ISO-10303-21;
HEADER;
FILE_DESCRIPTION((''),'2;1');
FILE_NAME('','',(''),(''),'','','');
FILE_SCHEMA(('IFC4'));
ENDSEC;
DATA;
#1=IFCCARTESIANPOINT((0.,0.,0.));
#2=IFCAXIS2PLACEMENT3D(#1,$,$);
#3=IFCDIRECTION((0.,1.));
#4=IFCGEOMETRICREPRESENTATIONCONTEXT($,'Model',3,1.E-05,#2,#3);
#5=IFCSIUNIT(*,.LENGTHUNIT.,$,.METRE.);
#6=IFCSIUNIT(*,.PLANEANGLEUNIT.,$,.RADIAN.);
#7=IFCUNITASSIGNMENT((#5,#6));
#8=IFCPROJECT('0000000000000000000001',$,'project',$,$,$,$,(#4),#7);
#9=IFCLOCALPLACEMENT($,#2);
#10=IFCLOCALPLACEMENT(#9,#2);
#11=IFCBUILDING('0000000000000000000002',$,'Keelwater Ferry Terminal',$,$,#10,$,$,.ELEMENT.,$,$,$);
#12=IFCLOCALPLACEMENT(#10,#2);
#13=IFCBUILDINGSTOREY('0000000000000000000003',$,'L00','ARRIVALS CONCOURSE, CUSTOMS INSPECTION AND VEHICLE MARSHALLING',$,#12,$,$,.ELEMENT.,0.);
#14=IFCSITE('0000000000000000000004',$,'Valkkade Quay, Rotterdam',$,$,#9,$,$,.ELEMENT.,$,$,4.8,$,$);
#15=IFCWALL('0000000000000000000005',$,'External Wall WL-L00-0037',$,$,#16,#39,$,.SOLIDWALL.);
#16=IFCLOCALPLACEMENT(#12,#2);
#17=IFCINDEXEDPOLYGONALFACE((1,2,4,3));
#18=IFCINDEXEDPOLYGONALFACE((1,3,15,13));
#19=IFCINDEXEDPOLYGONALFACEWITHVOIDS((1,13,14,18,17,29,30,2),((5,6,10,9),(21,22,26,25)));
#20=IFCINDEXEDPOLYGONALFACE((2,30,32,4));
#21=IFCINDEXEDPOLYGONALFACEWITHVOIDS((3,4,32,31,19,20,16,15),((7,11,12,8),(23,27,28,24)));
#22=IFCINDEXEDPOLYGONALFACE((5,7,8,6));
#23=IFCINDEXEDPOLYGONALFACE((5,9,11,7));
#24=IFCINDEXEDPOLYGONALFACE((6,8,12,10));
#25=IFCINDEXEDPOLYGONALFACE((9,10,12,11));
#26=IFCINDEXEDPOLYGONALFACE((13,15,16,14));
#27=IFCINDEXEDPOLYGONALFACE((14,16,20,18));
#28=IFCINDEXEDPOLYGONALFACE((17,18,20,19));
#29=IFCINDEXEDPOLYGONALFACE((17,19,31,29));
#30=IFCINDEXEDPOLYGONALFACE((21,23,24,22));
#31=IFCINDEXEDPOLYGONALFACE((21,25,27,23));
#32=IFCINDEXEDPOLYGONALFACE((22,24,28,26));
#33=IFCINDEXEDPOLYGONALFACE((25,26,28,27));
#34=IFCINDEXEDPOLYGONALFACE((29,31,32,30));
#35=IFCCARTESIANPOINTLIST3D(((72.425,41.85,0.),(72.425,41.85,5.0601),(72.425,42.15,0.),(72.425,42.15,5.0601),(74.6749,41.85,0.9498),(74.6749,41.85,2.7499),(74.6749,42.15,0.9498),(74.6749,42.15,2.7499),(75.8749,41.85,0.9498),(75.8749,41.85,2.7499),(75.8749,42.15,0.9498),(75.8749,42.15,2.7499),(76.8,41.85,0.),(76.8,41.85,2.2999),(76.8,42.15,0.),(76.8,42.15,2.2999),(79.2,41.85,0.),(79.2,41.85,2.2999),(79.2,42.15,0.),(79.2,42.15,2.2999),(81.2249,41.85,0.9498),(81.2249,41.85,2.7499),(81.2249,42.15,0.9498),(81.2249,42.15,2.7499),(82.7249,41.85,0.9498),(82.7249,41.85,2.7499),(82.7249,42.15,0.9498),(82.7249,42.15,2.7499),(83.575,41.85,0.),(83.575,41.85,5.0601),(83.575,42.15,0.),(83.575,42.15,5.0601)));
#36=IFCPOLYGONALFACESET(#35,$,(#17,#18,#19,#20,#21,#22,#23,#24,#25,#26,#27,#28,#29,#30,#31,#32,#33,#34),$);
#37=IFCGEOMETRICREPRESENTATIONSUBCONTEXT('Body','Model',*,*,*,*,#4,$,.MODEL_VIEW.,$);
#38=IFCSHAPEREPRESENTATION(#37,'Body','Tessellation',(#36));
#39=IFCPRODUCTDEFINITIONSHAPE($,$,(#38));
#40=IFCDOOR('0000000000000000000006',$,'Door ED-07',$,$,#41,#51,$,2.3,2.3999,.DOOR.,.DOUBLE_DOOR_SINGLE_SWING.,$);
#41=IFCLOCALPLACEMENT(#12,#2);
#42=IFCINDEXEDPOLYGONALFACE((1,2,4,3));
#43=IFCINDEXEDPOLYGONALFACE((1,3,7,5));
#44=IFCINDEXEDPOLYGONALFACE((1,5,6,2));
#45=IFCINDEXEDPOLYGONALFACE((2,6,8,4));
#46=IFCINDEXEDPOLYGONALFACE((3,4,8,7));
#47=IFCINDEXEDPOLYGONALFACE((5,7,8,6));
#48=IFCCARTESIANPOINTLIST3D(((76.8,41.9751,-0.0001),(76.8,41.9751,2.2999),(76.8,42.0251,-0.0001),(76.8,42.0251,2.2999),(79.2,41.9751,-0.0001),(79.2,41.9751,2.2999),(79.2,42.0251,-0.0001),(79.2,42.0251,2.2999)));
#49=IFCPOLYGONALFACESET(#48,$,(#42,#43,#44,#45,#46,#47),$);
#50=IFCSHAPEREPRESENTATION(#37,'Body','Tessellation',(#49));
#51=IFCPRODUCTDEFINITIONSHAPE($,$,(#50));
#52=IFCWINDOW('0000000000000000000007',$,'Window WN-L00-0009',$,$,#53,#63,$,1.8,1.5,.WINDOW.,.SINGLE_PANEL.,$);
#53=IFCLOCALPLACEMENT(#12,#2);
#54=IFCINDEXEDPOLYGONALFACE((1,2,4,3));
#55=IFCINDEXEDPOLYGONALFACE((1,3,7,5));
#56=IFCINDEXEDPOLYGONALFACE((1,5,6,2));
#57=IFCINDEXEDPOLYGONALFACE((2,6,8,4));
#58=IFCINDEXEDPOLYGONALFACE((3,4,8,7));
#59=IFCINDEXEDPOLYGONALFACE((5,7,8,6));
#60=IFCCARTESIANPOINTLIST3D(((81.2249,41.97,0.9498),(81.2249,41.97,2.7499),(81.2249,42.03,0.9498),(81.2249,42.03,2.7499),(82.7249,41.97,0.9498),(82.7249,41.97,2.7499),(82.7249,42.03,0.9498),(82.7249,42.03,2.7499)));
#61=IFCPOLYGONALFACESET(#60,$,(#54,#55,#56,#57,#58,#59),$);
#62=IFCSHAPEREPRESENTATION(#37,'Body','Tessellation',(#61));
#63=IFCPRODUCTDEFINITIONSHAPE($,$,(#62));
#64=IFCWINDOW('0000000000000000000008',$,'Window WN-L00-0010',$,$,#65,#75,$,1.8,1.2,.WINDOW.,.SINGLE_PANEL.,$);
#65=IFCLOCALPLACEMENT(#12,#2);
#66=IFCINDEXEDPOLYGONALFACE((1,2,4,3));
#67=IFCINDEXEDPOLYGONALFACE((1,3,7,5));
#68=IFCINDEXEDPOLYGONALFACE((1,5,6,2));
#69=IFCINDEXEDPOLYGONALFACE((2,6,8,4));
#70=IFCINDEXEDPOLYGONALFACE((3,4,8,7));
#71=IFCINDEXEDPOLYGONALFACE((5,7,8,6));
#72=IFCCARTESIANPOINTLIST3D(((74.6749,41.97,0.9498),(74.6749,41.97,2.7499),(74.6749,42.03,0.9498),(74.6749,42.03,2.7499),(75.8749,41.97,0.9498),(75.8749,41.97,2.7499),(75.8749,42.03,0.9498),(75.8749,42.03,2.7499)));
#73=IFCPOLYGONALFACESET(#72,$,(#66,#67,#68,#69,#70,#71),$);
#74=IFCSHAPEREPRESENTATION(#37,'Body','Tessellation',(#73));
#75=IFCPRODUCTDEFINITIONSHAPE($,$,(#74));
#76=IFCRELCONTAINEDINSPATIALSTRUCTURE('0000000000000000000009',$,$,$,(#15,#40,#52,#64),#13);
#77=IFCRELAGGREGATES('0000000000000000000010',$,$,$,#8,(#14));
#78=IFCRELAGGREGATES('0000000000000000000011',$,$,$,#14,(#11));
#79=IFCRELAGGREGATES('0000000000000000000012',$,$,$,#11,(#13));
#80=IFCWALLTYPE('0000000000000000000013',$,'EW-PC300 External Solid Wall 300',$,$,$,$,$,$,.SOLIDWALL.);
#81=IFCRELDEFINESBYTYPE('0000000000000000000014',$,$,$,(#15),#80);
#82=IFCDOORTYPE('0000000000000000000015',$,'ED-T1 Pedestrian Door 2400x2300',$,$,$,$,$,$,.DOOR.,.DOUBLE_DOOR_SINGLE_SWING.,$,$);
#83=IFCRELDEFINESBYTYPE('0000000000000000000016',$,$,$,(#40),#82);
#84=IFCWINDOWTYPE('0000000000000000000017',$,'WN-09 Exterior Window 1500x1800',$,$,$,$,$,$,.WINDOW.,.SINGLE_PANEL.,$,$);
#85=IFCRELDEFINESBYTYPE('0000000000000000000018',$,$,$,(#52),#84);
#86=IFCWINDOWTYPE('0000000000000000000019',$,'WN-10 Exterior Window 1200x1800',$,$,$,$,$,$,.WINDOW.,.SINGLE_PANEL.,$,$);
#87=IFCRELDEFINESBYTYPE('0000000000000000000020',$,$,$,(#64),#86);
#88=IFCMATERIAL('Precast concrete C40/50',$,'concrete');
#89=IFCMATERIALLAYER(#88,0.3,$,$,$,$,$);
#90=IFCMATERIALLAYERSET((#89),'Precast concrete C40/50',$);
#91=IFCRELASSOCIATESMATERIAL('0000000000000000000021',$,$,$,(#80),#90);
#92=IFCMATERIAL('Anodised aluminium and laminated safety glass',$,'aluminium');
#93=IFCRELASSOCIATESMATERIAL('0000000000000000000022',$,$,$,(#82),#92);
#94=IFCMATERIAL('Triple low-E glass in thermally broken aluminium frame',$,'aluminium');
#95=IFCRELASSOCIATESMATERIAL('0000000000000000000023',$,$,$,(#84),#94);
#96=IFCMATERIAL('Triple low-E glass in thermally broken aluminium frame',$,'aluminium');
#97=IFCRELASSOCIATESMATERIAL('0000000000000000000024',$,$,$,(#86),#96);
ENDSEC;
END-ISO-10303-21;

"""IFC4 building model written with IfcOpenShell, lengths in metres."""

from ifc_helpers import new_model, si_unit, direction, frame, frame_2d, origin, place, context, subcontext, project, spatial, rectangle, extrude, material, layer, layer_set, type_object, element, fill, save


model = new_model("IFC4")

# Units and contexts
model_context = context("Model", 3, precision=1e-05, world=origin(), true_north=direction((0.0, 1.0)))
body_context = subcontext(model_context, "Body", "Model", "MODEL_VIEW")
ifc_project = project(units=[si_unit("LENGTHUNIT", "METRE"), si_unit("PLANEANGLEUNIT", "RADIAN")], contexts=[model_context])

# Site, building, storey
site_placement = place(None, origin())
site = spatial("IfcSite", under=ifc_project, at=site_placement, Name="Valkkade Quay, Rotterdam", CompositionType="ELEMENT", RefElevation=4.8)
building_placement = place(site_placement, origin())
building = spatial("IfcBuilding", under=site, at=building_placement, Name="Keelwater Ferry Terminal", CompositionType="ELEMENT")
storey_placement = place(building_placement, origin())
storey = spatial("IfcBuildingStorey", under=building, at=storey_placement, Name="L00", Description="ARRIVALS CONCOURSE, CUSTOMS INSPECTION AND VEHICLE MARSHALLING", CompositionType="ELEMENT", Elevation=0.0)

# Wall, openings, door, windows
ifc_material_1 = material(Name="Precast concrete C40/50", Category="concrete")
ifc_layer = layer(ifc_material_1, 0.3)
ifc_layer_set = layer_set([ifc_layer], Name="Precast concrete C40/50")
wall_type = type_object("IfcWallType", Name="EW-PC300 External Solid Wall 300", PredefinedType="SOLIDWALL", material=ifc_layer_set)
wall_placement = place(storey_placement, frame((83.575, 42.0, 0.0), z_axis=(0.0, 0.0, 1.0), x_axis=(-1.0, 0.0, 0.0)))
wall = element("IfcWall", 1, at=wall_placement, inside=storey, type_object=wall_type, Name="External Wall WL-L00-0037", PredefinedType="SOLIDWALL", context=body_context, shape_type="SweptSolid", body=[
    extrude(rectangle(XDim=11.1499, YDim=0.3, at=frame_2d((5.575, 0.0))), origin(), (0.0, 0.0, 1.0), 5.0601),
])
opening_1_placement = place(wall_placement, frame((4.375, 0.0, 0.0)))
opening_1 = element("IfcOpeningElement", 2, at=opening_1_placement, cuts=wall, PredefinedType="OPENING", context=body_context, shape_type="SweptSolid", body=[
    extrude(rectangle(XDim=2.3999, YDim=2.3, at=frame_2d((1.2, 1.1499))), frame((0.0, 0.1599, 0.0), z_axis=(0.0, -1.0, 0.0), x_axis=(1.0, 0.0, 0.0)), (0.0, 0.0, 1.0), 0.3201),
])
opening_2_placement = place(wall_placement, frame((0.8501, 0.0, 0.95)))
opening_2 = element("IfcOpeningElement", 3, at=opening_2_placement, cuts=wall, PredefinedType="OPENING", context=body_context, shape_type="SweptSolid", body=[
    extrude(rectangle(XDim=1.5, YDim=1.8, at=frame_2d((0.75, 0.8999))), frame((0.0, 0.1599, 0.0), z_axis=(0.0, -1.0, 0.0), x_axis=(1.0, 0.0, 0.0)), (0.0, 0.0, 1.0), 0.3201),
])
opening_3_placement = place(wall_placement, frame((7.7, 0.0, 0.95)))
opening_3 = element("IfcOpeningElement", 4, at=opening_3_placement, cuts=wall, PredefinedType="OPENING", context=body_context, shape_type="SweptSolid", body=[
    extrude(rectangle(XDim=1.2, YDim=1.8, at=frame_2d((0.6001, 0.8999))), frame((0.0, 0.1599, 0.0), z_axis=(0.0, -1.0, 0.0), x_axis=(1.0, 0.0, 0.0)), (0.0, 0.0, 1.0), 0.3201),
])
ifc_material_2 = material(Name="Anodised aluminium and laminated safety glass", Category="aluminium")
door_type = type_object("IfcDoorType", Name="ED-T1 Pedestrian Door 2400x2300", OperationType="DOUBLE_DOOR_SINGLE_SWING", PredefinedType="DOOR", material=ifc_material_2)
door_placement = place(opening_1_placement, origin())
door = element("IfcDoor", 5, at=door_placement, inside=storey, type_object=door_type, Name="Door ED-07", OperationType="DOUBLE_DOOR_SINGLE_SWING", OverallHeight=2.3, OverallWidth=2.3999, PredefinedType="DOOR", context=body_context, shape_type="SweptSolid", body=[
    extrude(rectangle(XDim=2.3999, YDim=2.3, at=frame_2d((1.2, 1.1499))), frame((0.0, 0.0249, 0.0), z_axis=(0.0, -1.0, 0.0), x_axis=(1.0, 0.0, 0.0)), (0.0, 0.0, 1.0), 0.05),
])
fill(opening_1, door)
ifc_material_3 = material(Name="Triple low-E glass in thermally broken aluminium frame", Category="aluminium")
window_type_1 = type_object("IfcWindowType", Name="WN-09 Exterior Window 1500x1800", PartitioningType="SINGLE_PANEL", PredefinedType="WINDOW", material=ifc_material_3)
window_1_placement = place(opening_2_placement, origin())
window_1 = element("IfcWindow", 6, at=window_1_placement, inside=storey, type_object=window_type_1, Name="Window WN-L00-0009", OverallHeight=1.8, OverallWidth=1.5, PartitioningType="SINGLE_PANEL", PredefinedType="WINDOW", context=body_context, shape_type="SweptSolid", body=[
    extrude(rectangle(XDim=1.5, YDim=1.8, at=frame_2d((0.75, 0.8999))), frame((0.0, 0.03, 0.0), z_axis=(0.0, -1.0, 0.0), x_axis=(1.0, 0.0, 0.0)), (0.0, 0.0, 1.0), 0.0601),
])
fill(opening_2, window_1)
ifc_material_4 = material(Name="Triple low-E glass in thermally broken aluminium frame", Category="aluminium")
window_type_2 = type_object("IfcWindowType", Name="WN-10 Exterior Window 1200x1800", PartitioningType="SINGLE_PANEL", PredefinedType="WINDOW", material=ifc_material_4)
window_2_placement = place(opening_3_placement, origin())
window_2 = element("IfcWindow", 7, at=window_2_placement, inside=storey, type_object=window_type_2, Name="Window WN-L00-0010", OverallHeight=1.8, OverallWidth=1.2, PartitioningType="SINGLE_PANEL", PredefinedType="WINDOW", context=body_context, shape_type="SweptSolid", body=[
    extrude(rectangle(XDim=1.2, YDim=1.8, at=frame_2d((0.6001, 0.8999))), frame((0.0, 0.03, 0.0), z_axis=(0.0, -1.0, 0.0), x_axis=(1.0, 0.0, 0.0)), (0.0, 0.0, 1.0), 0.0601),
])
fill(opening_3, window_2)

save(model, "model.ifc")
